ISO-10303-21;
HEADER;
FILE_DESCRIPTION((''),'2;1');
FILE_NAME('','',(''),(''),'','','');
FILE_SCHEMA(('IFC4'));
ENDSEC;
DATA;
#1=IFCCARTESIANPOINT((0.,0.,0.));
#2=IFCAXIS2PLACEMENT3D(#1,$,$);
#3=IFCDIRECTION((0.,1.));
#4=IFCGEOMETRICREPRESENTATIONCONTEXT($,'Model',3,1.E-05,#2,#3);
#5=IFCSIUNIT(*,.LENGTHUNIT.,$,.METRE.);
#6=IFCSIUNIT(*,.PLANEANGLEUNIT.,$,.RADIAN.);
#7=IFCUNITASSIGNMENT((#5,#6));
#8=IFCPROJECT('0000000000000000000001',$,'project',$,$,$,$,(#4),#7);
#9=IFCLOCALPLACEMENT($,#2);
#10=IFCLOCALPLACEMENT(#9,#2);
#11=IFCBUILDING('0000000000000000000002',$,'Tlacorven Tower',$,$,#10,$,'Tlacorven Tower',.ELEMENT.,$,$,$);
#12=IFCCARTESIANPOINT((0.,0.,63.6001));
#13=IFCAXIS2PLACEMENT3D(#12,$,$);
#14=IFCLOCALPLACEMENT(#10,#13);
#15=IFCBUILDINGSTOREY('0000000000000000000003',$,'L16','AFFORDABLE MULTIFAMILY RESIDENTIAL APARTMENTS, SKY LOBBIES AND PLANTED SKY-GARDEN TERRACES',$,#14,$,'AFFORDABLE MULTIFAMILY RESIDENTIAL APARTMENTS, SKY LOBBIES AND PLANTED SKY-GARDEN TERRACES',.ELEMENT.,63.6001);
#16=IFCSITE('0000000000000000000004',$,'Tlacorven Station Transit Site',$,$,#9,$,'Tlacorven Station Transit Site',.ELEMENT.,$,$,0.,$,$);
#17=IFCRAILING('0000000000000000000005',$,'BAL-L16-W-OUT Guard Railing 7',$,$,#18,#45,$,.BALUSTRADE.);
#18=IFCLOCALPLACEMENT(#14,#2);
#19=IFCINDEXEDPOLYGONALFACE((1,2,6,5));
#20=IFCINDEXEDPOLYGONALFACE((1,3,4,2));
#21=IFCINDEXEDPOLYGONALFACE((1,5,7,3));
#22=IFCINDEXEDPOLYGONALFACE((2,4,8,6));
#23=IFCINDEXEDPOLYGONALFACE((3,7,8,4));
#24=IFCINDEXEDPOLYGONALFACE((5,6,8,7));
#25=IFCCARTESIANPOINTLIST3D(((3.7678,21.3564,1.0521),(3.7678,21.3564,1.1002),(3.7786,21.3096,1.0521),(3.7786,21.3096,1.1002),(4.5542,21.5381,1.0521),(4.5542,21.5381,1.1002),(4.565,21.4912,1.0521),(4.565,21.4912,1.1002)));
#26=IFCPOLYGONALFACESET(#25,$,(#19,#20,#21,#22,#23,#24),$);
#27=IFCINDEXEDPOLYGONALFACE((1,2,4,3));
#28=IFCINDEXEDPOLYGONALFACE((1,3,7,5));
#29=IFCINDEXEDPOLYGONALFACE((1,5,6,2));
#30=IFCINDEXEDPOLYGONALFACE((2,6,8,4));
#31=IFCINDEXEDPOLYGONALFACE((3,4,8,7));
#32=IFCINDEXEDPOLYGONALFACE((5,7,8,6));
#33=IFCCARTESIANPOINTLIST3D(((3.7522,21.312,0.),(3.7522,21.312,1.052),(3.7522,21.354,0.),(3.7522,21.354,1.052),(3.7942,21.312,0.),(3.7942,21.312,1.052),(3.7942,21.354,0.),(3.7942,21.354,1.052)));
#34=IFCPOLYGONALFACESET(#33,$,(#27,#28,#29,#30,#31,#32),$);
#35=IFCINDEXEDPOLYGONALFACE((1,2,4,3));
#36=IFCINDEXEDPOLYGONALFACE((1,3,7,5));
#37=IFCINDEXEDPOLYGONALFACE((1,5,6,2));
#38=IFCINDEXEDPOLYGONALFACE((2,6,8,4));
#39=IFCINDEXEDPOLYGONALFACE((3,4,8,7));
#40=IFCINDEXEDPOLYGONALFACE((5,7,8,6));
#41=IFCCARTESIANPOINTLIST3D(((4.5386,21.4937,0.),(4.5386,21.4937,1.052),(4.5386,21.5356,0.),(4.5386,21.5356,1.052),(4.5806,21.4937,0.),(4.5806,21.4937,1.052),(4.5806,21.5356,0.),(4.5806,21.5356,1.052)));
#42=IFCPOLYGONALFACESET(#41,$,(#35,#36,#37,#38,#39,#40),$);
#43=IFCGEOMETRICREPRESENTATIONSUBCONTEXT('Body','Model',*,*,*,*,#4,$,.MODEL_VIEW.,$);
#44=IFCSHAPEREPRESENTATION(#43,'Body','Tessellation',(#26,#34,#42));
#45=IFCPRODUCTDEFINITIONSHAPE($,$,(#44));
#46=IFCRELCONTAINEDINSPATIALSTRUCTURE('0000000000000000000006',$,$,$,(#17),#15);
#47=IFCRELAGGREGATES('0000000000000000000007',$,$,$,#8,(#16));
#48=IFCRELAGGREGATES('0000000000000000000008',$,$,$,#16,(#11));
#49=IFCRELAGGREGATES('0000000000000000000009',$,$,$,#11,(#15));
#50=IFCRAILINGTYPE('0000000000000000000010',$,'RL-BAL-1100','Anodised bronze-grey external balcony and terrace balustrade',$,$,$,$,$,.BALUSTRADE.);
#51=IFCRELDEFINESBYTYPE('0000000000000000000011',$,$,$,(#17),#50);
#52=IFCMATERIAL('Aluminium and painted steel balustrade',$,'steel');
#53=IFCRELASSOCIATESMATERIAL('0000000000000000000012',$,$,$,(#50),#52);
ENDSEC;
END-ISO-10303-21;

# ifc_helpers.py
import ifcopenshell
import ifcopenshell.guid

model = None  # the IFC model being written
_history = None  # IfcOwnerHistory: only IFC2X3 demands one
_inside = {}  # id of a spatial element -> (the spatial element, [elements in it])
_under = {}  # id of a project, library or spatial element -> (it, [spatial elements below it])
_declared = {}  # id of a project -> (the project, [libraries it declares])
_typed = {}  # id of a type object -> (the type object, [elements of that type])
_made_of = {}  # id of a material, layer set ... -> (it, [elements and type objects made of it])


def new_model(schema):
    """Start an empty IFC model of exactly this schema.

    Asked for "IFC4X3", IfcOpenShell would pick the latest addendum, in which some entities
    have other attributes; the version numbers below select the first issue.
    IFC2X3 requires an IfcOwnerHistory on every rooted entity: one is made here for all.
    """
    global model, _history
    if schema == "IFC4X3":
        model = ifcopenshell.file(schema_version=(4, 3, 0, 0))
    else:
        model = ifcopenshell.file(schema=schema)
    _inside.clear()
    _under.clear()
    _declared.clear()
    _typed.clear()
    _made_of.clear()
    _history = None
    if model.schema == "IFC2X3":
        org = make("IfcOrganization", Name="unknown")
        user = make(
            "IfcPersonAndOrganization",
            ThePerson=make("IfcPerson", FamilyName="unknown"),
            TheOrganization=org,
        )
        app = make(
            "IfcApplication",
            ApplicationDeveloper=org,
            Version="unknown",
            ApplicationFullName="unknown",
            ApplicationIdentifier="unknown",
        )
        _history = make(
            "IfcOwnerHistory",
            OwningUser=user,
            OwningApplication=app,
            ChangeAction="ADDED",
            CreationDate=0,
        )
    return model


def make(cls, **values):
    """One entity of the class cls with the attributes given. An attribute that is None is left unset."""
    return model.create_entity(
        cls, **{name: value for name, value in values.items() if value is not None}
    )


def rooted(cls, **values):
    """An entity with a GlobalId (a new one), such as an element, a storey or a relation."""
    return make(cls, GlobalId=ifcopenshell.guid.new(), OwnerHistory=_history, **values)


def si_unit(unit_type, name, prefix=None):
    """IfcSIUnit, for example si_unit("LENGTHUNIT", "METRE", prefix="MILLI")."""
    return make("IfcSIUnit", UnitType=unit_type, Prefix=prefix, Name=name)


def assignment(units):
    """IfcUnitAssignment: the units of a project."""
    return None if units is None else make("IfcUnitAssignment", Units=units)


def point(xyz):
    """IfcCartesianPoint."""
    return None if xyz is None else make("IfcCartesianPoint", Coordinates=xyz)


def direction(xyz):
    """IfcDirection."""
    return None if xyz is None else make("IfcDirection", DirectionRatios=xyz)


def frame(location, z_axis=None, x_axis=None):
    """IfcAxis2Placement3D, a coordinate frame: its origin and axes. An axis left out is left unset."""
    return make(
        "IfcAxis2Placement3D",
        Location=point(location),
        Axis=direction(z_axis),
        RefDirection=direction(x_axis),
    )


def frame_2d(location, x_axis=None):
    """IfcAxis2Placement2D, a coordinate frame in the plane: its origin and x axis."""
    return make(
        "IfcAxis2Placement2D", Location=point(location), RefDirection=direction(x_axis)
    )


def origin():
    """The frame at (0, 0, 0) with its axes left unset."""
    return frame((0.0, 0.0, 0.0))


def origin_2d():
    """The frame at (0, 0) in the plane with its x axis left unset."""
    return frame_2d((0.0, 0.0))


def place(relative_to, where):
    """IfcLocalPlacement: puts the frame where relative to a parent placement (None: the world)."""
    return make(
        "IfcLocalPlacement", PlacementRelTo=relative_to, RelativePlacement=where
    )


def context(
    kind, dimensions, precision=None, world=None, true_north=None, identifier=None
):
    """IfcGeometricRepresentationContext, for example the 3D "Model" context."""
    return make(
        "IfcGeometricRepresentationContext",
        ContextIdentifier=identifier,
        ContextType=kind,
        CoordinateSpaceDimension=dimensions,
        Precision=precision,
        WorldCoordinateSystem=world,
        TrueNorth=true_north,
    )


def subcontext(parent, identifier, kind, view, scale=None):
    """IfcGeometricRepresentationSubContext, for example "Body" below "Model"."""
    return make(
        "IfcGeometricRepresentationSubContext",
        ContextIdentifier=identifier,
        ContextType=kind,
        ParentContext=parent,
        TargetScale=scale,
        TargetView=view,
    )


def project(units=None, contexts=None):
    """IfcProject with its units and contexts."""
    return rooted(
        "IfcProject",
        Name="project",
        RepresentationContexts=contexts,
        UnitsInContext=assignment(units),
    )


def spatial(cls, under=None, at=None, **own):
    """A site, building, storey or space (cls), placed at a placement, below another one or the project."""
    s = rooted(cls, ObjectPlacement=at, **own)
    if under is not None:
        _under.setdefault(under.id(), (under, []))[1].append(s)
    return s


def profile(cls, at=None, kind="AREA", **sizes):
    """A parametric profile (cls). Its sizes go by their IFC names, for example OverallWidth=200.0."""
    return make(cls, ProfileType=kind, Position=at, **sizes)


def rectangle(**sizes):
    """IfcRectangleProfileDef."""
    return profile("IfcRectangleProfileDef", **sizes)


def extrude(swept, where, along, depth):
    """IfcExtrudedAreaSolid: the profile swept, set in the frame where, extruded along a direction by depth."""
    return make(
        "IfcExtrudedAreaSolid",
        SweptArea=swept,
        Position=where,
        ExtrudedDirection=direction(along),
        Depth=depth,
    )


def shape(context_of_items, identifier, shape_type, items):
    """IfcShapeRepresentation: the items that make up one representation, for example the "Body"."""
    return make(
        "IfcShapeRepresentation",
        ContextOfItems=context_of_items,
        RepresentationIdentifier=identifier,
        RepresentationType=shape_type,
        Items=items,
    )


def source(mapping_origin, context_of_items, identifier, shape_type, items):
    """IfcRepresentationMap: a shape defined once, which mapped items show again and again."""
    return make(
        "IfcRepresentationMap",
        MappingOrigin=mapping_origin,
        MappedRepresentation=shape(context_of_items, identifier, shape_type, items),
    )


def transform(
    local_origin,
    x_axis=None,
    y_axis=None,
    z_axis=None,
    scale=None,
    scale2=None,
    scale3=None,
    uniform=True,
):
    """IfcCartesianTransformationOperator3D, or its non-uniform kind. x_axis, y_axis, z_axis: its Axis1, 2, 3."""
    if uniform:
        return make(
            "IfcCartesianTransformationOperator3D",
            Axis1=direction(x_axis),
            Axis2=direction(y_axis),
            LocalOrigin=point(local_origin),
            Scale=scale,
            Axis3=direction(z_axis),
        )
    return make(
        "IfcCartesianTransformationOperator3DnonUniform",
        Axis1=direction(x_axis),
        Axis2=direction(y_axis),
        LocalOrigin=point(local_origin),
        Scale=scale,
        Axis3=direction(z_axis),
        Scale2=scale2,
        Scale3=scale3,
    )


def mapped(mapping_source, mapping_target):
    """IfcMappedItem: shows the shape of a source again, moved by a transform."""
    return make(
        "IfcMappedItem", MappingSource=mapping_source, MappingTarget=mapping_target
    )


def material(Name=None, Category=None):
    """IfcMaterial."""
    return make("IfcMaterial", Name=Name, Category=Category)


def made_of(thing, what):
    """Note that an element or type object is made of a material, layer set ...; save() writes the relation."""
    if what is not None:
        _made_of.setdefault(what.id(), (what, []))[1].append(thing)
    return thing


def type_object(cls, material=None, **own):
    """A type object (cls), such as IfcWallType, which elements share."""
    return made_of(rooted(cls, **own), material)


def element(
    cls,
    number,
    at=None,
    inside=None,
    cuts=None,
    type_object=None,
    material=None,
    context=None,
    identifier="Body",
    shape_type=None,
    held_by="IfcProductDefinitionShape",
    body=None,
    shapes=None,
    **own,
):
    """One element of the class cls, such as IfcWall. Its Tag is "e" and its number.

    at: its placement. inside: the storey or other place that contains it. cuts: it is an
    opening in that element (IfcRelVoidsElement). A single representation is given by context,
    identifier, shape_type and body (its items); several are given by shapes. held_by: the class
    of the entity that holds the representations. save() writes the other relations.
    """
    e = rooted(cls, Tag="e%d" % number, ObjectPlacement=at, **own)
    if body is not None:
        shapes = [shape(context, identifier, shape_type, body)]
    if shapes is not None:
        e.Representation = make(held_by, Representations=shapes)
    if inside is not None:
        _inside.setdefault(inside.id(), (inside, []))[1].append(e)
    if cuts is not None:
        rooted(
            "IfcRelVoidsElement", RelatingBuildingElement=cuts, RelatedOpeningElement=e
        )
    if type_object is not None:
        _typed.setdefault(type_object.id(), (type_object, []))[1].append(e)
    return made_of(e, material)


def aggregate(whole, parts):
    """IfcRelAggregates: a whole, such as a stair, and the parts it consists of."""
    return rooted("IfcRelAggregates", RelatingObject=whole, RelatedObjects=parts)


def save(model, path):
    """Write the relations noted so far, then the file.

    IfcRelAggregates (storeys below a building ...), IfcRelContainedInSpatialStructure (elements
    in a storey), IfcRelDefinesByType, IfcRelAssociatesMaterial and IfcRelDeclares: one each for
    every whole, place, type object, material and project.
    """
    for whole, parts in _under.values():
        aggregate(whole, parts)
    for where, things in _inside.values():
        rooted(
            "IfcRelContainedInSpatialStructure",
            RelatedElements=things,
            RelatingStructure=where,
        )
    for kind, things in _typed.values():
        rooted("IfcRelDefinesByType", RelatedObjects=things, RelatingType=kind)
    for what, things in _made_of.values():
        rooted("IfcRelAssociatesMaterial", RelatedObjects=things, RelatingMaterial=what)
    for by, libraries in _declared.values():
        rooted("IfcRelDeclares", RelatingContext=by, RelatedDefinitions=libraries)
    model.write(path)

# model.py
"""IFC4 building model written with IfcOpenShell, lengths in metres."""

from ifc_helpers import new_model, si_unit, direction, frame, origin, origin_2d, place, context, subcontext, project, spatial, rectangle, extrude, source, transform, mapped, material, type_object, element, save


model = new_model("IFC4")

# Units and contexts
model_context = context("Model", 3, precision=1e-05, world=origin(), true_north=direction((0.0, 1.0)))
body_context = subcontext(model_context, "Body", "Model", "MODEL_VIEW")
ifc_project = project(units=[si_unit("LENGTHUNIT", "METRE"), si_unit("PLANEANGLEUNIT", "RADIAN")], contexts=[model_context])

# Site, building, storey
site_placement = place(None, origin())
site = spatial("IfcSite", under=ifc_project, at=site_placement, Name="Tlacorven Station Transit Site", LongName="Tlacorven Station Transit Site", CompositionType="ELEMENT", RefElevation=0.0)
building_placement = place(site_placement, origin())
building = spatial("IfcBuilding", under=site, at=building_placement, Name="Tlacorven Tower", LongName="Tlacorven Tower", CompositionType="ELEMENT")
storey_placement = place(building_placement, frame((0.0, 0.0, 63.6001)))
storey = spatial("IfcBuildingStorey", under=building, at=storey_placement, Name="L16", Description="AFFORDABLE MULTIFAMILY RESIDENTIAL APARTMENTS, SKY LOBBIES AND PLANTED SKY-GARDEN TERRACES", LongName="AFFORDABLE MULTIFAMILY RESIDENTIAL APARTMENTS, SKY LOBBIES AND PLANTED SKY-GARDEN TERRACES", CompositionType="ELEMENT", Elevation=63.6001)

# Railing
ifc_material_1 = material(Name="Aluminium and painted steel balustrade", Category="steel")
railing_type = type_object("IfcRailingType", Name="RL-BAL-1100", Description="Anodised bronze-grey external balcony and terrace balustrade", PredefinedType="BALUSTRADE", material=ifc_material_1)
shared_shape_1 = source(origin(), body_context, "Body", "SweptSolid", [
    extrude(rectangle(XDim=0.0481, YDim=0.0481, at=origin_2d()), frame((0.0, 0.0, 1.0762), z_axis=(0.974345, 0.225058, 0.0), x_axis=(-0.225058, 0.974345, 0.0)), (0.0, 0.0, 1.0), 0.8071),
    extrude(rectangle(XDim=0.042, YDim=0.042, at=origin_2d()), origin(), (0.0, 0.0, 1.0), 1.052),
    extrude(rectangle(XDim=0.042, YDim=0.042, at=origin_2d()), frame((0.7864, 0.1816, 0.0)), (0.0, 0.0, 1.0), 1.052),
])
railing_1_placement = place(storey_placement, frame((3.7732, 21.333, 0.0)))
element("IfcRailing", 1, at=railing_1_placement, inside=storey, type_object=railing_type, Name="BAL-L16-W-OUT Guard Railing 7", PredefinedType="BALUSTRADE", context=body_context, shape_type="MappedRepresentation", body=[
    mapped(shared_shape_1, transform((0.0, 0.0, 0.0), scale=1.0)),
])

save(model, "model.ifc")
